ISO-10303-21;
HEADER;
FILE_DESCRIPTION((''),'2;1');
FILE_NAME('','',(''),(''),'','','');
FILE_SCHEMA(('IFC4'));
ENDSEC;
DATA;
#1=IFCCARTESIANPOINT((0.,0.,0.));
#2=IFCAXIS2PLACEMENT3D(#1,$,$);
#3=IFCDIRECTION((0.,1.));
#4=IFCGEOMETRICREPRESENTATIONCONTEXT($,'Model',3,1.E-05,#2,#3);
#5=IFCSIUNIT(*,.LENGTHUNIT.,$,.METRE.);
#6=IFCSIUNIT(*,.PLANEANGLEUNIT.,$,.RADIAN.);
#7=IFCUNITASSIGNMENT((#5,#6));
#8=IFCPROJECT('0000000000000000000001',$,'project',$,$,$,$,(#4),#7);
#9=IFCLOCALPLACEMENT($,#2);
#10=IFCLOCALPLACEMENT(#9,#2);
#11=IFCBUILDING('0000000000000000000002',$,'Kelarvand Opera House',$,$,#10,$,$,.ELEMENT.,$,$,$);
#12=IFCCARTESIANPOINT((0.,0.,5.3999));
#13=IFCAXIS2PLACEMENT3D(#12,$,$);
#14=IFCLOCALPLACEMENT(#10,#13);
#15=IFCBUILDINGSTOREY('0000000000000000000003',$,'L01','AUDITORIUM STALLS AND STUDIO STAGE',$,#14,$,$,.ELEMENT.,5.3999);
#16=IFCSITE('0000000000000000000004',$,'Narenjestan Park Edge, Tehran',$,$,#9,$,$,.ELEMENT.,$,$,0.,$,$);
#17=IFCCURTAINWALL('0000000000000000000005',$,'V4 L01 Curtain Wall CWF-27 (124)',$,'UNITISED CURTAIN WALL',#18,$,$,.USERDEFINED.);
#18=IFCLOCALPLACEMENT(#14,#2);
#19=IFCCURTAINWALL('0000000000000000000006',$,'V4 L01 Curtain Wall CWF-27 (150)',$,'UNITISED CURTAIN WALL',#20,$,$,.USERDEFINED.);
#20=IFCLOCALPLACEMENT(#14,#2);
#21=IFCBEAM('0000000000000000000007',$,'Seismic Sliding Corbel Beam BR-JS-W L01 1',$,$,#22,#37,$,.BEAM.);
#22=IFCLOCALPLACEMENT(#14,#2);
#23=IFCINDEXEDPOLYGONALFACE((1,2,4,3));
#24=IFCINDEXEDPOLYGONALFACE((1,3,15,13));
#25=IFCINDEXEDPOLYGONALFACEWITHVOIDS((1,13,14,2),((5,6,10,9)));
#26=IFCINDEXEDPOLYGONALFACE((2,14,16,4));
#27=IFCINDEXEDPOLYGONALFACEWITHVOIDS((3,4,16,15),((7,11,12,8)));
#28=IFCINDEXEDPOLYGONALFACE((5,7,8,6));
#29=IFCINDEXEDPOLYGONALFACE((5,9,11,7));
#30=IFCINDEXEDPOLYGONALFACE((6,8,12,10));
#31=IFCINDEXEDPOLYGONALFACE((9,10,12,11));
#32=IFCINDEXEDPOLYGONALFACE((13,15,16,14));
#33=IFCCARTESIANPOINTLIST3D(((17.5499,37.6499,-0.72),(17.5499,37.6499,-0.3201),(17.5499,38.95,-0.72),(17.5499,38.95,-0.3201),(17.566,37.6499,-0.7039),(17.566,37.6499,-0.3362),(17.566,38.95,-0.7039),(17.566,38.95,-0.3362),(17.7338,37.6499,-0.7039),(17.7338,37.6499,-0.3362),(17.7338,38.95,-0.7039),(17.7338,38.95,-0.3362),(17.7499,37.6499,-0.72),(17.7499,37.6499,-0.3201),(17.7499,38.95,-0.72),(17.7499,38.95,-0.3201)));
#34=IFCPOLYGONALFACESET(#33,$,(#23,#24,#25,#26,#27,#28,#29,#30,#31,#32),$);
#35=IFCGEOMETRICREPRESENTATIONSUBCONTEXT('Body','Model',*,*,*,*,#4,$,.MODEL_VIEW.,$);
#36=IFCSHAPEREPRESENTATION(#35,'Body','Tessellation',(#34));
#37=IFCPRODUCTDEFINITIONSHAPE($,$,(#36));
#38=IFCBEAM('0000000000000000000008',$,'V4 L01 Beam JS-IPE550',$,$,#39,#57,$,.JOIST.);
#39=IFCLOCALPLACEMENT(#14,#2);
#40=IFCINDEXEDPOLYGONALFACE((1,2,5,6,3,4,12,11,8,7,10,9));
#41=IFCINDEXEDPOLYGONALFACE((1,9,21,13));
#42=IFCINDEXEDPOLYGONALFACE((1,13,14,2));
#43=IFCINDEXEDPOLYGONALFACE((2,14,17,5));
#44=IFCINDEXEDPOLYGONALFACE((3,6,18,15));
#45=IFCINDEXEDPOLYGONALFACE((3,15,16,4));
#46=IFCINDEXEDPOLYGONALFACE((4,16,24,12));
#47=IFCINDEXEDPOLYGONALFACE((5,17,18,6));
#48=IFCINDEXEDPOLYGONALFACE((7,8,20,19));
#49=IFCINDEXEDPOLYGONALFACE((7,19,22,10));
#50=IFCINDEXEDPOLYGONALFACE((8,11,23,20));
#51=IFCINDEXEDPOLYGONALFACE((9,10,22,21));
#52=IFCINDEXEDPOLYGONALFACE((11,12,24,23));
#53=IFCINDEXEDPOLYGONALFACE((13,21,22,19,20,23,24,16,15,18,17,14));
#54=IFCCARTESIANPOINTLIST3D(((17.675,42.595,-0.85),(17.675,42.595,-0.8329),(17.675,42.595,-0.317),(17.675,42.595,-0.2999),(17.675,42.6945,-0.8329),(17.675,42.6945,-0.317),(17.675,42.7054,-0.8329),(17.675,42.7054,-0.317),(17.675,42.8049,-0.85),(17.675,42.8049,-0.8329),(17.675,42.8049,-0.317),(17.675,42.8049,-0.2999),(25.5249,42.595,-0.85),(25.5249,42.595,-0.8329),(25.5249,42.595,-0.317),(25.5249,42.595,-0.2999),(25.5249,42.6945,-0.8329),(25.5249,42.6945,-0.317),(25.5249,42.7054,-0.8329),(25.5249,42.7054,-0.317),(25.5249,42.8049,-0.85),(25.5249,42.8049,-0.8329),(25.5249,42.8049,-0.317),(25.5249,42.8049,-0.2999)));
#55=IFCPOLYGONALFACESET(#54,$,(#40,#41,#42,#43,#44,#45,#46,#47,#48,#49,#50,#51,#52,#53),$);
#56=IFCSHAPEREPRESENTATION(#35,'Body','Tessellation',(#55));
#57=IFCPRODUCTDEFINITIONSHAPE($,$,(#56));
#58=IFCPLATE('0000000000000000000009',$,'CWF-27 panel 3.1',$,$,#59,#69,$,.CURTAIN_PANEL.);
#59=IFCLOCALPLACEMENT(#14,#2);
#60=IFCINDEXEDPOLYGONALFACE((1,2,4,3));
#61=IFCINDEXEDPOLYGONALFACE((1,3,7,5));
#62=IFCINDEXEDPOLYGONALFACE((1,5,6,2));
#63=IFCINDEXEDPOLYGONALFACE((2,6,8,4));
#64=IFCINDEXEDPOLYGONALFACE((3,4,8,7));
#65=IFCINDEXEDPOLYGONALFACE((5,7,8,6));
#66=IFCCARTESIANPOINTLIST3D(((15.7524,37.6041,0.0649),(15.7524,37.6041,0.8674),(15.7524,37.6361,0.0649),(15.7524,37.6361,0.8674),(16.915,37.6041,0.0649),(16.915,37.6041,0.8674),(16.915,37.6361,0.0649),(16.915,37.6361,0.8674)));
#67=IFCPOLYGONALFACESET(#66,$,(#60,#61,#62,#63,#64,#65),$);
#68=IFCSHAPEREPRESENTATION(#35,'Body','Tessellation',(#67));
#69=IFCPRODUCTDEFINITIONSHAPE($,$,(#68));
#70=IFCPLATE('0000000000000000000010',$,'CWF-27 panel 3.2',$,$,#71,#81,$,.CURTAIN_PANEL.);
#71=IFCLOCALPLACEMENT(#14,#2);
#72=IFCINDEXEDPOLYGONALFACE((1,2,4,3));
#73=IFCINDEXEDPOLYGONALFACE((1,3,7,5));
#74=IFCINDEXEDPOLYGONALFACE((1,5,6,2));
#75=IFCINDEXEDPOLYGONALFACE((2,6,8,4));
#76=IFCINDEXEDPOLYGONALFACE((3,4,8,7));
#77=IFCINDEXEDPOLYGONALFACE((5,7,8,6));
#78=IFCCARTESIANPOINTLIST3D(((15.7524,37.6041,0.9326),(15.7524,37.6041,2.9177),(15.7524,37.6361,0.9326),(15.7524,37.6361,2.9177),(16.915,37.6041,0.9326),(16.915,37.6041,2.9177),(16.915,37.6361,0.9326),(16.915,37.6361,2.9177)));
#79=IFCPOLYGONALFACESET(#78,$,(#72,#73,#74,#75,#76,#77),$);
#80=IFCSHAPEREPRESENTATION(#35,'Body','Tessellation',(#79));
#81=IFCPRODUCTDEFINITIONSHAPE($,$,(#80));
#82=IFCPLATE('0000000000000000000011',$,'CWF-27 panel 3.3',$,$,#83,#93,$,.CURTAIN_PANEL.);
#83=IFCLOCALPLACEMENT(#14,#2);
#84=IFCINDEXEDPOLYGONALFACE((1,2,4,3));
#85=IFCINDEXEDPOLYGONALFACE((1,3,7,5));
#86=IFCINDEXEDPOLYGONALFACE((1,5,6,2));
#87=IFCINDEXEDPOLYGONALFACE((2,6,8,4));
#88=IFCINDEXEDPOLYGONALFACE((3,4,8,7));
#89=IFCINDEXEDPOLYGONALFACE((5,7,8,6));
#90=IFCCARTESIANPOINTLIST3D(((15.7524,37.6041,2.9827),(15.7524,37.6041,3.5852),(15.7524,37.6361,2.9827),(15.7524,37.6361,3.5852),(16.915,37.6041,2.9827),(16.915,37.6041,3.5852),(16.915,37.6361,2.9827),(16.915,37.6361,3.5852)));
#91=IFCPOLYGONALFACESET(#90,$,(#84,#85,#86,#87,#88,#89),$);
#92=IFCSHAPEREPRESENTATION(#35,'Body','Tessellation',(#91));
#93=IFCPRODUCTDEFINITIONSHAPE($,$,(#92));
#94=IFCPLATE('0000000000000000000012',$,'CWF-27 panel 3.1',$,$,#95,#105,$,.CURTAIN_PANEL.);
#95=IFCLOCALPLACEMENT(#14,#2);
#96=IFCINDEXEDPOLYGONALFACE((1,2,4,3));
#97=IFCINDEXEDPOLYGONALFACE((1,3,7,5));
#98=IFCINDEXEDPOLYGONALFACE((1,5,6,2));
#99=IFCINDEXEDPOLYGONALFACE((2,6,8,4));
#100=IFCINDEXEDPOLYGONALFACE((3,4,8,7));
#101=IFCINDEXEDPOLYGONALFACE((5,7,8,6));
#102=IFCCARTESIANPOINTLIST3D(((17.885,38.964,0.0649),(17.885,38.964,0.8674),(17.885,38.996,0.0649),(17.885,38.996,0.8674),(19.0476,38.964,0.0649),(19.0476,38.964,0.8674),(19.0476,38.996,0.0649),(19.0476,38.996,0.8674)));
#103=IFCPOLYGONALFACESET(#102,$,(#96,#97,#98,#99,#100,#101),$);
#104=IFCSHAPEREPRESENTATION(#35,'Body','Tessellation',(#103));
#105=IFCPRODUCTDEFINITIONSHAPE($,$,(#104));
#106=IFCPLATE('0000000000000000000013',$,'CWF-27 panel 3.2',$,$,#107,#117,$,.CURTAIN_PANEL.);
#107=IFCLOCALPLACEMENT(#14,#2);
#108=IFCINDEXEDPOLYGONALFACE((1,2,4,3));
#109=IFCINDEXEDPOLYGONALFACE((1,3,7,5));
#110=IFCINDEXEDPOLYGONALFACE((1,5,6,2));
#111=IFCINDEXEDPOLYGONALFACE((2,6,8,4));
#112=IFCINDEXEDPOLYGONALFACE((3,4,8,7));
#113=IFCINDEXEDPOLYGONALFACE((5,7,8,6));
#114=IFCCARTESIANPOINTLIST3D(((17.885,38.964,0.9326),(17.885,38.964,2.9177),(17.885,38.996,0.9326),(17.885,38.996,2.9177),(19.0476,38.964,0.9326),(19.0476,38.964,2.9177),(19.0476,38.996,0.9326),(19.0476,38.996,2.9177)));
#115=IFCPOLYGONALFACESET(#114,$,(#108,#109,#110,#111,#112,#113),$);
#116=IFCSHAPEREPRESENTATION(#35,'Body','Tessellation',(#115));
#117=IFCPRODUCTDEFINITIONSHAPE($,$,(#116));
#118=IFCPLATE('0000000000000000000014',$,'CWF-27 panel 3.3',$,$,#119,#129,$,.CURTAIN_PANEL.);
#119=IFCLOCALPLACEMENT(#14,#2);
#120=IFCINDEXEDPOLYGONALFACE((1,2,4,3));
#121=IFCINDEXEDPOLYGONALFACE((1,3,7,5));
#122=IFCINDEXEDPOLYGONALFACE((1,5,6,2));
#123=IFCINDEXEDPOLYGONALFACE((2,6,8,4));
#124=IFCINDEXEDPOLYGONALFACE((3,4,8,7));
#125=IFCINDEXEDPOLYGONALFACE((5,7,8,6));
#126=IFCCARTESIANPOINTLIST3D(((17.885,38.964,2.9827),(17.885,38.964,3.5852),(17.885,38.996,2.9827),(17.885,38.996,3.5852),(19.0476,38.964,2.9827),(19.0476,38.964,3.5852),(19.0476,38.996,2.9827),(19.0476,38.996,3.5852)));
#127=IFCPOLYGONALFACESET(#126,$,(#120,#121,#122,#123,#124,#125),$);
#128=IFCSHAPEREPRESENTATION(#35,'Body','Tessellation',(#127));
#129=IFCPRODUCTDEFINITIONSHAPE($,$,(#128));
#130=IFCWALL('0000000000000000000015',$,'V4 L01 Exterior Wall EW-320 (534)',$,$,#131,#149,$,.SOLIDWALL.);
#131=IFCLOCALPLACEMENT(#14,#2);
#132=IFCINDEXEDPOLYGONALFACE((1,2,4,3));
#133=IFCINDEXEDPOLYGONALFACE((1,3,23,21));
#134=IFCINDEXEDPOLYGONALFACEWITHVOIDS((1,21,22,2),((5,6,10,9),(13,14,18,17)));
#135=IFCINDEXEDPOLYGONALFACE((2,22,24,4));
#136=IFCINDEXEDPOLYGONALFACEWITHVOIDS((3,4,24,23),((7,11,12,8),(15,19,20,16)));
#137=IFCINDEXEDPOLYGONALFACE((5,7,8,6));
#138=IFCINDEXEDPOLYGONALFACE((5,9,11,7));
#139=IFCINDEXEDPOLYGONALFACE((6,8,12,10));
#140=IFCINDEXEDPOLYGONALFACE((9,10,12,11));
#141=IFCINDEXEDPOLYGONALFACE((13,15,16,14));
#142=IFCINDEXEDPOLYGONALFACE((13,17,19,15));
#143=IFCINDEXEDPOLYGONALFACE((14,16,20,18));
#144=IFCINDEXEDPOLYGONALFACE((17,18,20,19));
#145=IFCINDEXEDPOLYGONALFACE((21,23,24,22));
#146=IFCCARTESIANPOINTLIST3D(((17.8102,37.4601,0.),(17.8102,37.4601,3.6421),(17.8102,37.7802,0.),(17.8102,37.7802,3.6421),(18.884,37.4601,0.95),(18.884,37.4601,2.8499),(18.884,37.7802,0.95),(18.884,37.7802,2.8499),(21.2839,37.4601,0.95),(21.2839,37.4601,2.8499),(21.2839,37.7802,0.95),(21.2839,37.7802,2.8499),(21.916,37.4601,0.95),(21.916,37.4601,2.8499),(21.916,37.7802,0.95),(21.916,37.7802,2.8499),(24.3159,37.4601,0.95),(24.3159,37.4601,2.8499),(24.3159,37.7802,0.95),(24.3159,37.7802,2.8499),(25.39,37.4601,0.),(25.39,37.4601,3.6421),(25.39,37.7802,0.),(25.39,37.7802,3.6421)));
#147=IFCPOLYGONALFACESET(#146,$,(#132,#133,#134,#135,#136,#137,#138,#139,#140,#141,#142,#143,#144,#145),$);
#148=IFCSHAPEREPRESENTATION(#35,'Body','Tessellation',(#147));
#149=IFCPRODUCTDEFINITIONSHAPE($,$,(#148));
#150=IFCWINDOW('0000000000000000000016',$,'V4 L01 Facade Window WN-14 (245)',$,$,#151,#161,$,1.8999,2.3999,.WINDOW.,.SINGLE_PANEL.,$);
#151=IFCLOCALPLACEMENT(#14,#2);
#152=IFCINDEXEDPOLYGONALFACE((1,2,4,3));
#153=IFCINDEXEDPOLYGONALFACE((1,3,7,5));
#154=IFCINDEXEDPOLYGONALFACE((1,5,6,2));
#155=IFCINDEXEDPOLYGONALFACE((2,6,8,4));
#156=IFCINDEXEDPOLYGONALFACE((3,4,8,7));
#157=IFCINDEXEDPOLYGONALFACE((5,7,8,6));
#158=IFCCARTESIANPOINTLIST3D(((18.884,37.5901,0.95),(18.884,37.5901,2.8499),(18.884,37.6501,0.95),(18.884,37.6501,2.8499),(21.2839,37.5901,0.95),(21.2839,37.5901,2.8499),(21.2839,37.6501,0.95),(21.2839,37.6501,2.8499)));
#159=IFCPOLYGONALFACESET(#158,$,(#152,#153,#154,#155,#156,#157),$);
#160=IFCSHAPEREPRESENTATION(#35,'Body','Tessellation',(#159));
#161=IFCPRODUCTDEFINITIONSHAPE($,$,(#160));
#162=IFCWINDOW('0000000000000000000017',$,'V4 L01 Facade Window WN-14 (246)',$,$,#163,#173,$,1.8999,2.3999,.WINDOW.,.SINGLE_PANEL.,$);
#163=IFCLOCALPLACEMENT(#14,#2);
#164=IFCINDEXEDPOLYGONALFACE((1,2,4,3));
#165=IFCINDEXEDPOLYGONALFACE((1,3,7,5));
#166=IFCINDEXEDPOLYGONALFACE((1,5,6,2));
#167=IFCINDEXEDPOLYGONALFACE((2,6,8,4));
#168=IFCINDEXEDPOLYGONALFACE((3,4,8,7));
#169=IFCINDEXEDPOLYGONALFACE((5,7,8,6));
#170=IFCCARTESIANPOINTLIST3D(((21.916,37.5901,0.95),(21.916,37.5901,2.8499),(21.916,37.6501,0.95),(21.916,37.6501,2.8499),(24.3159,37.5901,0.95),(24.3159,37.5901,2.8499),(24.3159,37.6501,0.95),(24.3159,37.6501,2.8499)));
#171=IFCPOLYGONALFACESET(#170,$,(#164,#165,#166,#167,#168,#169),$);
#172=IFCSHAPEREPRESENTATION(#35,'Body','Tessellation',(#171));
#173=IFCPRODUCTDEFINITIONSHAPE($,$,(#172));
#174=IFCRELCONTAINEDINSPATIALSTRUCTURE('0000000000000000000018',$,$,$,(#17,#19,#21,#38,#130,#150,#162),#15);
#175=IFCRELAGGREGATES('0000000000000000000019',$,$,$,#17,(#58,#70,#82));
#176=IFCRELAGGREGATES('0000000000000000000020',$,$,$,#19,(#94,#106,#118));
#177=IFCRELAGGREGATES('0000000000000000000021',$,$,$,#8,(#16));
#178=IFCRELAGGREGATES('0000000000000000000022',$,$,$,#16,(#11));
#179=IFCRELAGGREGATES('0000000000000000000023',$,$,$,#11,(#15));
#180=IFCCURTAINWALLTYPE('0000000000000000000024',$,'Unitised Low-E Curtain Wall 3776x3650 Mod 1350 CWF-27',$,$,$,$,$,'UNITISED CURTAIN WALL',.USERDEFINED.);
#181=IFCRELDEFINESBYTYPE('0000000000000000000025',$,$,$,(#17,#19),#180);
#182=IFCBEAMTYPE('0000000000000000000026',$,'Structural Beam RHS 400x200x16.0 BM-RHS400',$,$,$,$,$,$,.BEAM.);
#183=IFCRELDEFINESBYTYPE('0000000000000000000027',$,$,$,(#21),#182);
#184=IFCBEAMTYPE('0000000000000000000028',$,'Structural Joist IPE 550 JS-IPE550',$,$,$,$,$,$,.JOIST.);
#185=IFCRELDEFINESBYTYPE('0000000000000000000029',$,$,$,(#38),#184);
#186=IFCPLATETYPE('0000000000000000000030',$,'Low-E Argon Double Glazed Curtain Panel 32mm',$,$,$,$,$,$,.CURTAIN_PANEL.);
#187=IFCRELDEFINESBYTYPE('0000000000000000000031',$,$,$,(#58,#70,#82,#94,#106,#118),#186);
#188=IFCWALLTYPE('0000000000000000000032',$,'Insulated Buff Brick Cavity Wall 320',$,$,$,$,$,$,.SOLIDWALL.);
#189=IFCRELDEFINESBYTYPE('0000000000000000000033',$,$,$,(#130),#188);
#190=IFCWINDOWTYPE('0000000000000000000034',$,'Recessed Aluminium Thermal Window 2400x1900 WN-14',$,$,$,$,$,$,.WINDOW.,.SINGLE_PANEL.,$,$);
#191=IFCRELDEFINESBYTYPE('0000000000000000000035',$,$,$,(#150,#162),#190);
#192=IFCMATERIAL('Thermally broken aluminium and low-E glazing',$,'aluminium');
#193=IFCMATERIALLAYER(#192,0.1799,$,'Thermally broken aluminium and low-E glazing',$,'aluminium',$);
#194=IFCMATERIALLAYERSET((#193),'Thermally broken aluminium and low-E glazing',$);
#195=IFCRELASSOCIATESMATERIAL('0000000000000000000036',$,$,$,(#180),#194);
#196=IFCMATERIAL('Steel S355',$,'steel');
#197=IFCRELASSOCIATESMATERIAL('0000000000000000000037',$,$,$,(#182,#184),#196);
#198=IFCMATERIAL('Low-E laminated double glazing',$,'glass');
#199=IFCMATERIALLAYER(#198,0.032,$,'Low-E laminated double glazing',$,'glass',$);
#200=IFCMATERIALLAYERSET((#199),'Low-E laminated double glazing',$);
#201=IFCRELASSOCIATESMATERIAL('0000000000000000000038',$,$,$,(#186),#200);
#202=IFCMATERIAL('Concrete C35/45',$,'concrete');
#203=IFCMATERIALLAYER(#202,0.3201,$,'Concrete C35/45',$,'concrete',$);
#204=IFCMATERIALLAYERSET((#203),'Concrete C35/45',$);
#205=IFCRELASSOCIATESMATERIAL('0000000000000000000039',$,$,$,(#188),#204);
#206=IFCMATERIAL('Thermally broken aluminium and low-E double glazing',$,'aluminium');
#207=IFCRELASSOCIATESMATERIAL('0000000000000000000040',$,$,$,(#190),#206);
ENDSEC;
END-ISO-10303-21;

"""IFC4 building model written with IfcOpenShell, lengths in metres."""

from ifc_helpers import new_model, si_unit, direction, frame, frame_2d, origin, origin_2d, place, context, subcontext, project, spatial, rectangle, hollow_rectangle, i_section, extrude, material, layer, layer_set, material_profile, profile_set, type_object, element, fill, aggregate, save


model = new_model("IFC4")

# Units and contexts
model_context = context("Model", 3, precision=1e-05, world=origin(), true_north=direction((0.0, 1.0)))
body_context = subcontext(model_context, "Body", "Model", "MODEL_VIEW")
ifc_project = project(units=[si_unit("LENGTHUNIT", "METRE"), si_unit("PLANEANGLEUNIT", "RADIAN")], contexts=[model_context])

# Site, building, storey
site_placement = place(None, origin())
site = spatial("IfcSite", under=ifc_project, at=site_placement, Name="Narenjestan Park Edge, Tehran", CompositionType="ELEMENT", RefElevation=0.0)
building_placement = place(site_placement, origin())
building = spatial("IfcBuilding", under=site, at=building_placement, Name="Kelarvand Opera House", CompositionType="ELEMENT")
storey_placement = place(building_placement, frame((0.0, 0.0, 5.3999)))
storey = spatial("IfcBuildingStorey", under=building, at=storey_placement, Name="L01", Description="AUDITORIUM STALLS AND STUDIO STAGE", CompositionType="ELEMENT", Elevation=5.3999)

# Curtain wall
ifc_material_1 = material(Name="Thermally broken aluminium and low-E glazing", Category="aluminium")
ifc_layer_1 = layer(ifc_material_1, 0.1799, Name="Thermally broken aluminium and low-E glazing", Category="aluminium")
ifc_layer_set_1 = layer_set([ifc_layer_1], Name="Thermally broken aluminium and low-E glazing")
curtain_wall_type = type_object("IfcCurtainWallType", Name="Unitised Low-E Curtain Wall 3776x3650 Mod 1350 CWF-27", ElementType="UNITISED CURTAIN WALL", PredefinedType="USERDEFINED", material=ifc_layer_set_1)
curtain_wall_1_placement = place(storey_placement, origin())
curtain_wall_1 = element("IfcCurtainWall", 1, at=curtain_wall_1_placement, inside=storey, type_object=curtain_wall_type, Name="V4 L01 Curtain Wall CWF-27 (124)", ObjectType="UNITISED CURTAIN WALL", PredefinedType="USERDEFINED")

# Curtain wall
curtain_wall_2_placement = place(storey_placement, origin())
curtain_wall_2 = element("IfcCurtainWall", 2, at=curtain_wall_2_placement, inside=storey, type_object=curtain_wall_type, Name="V4 L01 Curtain Wall CWF-27 (150)", ObjectType="UNITISED CURTAIN WALL", PredefinedType="USERDEFINED")

# Beams
ifc_material_2 = material(Name="Steel S355", Category="steel")
ifc_material_profile_1 = material_profile(ifc_material_2, hollow_rectangle(XDim=0.2, YDim=0.3999, WallThickness=0.0161, at=origin_2d()), Name="RHS 400x200x16.0", Category="steel")
ifc_profile_set_1 = profile_set([ifc_material_profile_1], Name="Steel S355")
beam_type_1 = type_object("IfcBeamType", Name="Structural Beam RHS 400x200x16.0 BM-RHS400", PredefinedType="BEAM", material=ifc_profile_set_1)
beam_1_placement = place(storey_placement, frame((17.6499, 37.6499, -0.52), z_axis=(0.0, 1.0, 0.0), x_axis=(-1.0, 0.0, 0.0)))
element("IfcBeam", 3, at=beam_1_placement, inside=storey, type_object=beam_type_1, Name="Seismic Sliding Corbel Beam BR-JS-W L01 1", PredefinedType="BEAM", context=body_context, shape_type="SweptSolid", body=[
    extrude(hollow_rectangle(XDim=0.2, YDim=0.3999, WallThickness=0.0161, at=origin_2d()), origin(), (0.0, 0.0, 1.0), 1.3),
])
ifc_material_profile_2 = material_profile(ifc_material_2, i_section(OverallWidth=0.21, OverallDepth=0.55, WebThickness=0.011, FlangeThickness=0.0171, at=origin_2d()), Name="IPE 550", Category="steel")
ifc_profile_set_2 = profile_set([ifc_material_profile_2], Name="Steel S355")
beam_type_2 = type_object("IfcBeamType", Name="Structural Joist IPE 550 JS-IPE550", PredefinedType="JOIST", material=ifc_profile_set_2)
beam_2_placement = place(storey_placement, frame((17.675, 42.7, -0.575), z_axis=(1.0, 0.0, 0.0), x_axis=(0.0, 1.0, 0.0)))
element("IfcBeam", 4, at=beam_2_placement, inside=storey, type_object=beam_type_2, Name="V4 L01 Beam JS-IPE550", PredefinedType="JOIST", context=body_context, shape_type="SweptSolid", body=[
    extrude(i_section(OverallWidth=0.21, OverallDepth=0.55, WebThickness=0.011, FlangeThickness=0.0171, at=origin_2d()), origin(), (0.0, 0.0, 1.0), 7.8499),
])

# Plates
ifc_material_3 = material(Name="Low-E laminated double glazing", Category="glass")
ifc_layer_2 = layer(ifc_material_3, 0.032, Name="Low-E laminated double glazing", Category="glass")
ifc_layer_set_2 = layer_set([ifc_layer_2], Name="Low-E laminated double glazing")
plate_type = type_object("IfcPlateType", Name="Low-E Argon Double Glazed Curtain Panel 32mm", PredefinedType="CURTAIN_PANEL", material=ifc_layer_set_2)
plate_1_placement = place(storey_placement, frame((16.3337, 37.6201, 0.0649), z_axis=(0.0, 0.0, 1.0), x_axis=(1.0, 0.0, 0.0)))
plate_1 = element("IfcPlate", 5, at=plate_1_placement, type_object=plate_type, Name="CWF-27 panel 3.1", PredefinedType="CURTAIN_PANEL", context=body_context, shape_type="SweptSolid", body=[
    extrude(rectangle(XDim=1.1626, YDim=0.032, at=origin_2d()), origin(), (0.0, 0.0, 1.0), 0.8025),
])
plate_2_placement = place(storey_placement, frame((16.3337, 37.6201, 0.9326), z_axis=(0.0, 0.0, 1.0), x_axis=(1.0, 0.0, 0.0)))
plate_2 = element("IfcPlate", 6, at=plate_2_placement, type_object=plate_type, Name="CWF-27 panel 3.2", PredefinedType="CURTAIN_PANEL", context=body_context, shape_type="SweptSolid", body=[
    extrude(rectangle(XDim=1.1626, YDim=0.032, at=origin_2d()), origin(), (0.0, 0.0, 1.0), 1.9851),
])
plate_3_placement = place(storey_placement, frame((16.3337, 37.6201, 2.9827), z_axis=(0.0, 0.0, 1.0), x_axis=(1.0, 0.0, 0.0)))
plate_3 = element("IfcPlate", 7, at=plate_3_placement, type_object=plate_type, Name="CWF-27 panel 3.3", PredefinedType="CURTAIN_PANEL", context=body_context, shape_type="SweptSolid", body=[
    extrude(rectangle(XDim=1.1626, YDim=0.032, at=origin_2d()), origin(), (0.0, 0.0, 1.0), 0.6025),
])
aggregate(curtain_wall_1, [plate_1, plate_2, plate_3])
plate_4_placement = place(storey_placement, frame((18.4663, 38.98, 0.0649), z_axis=(0.0, 0.0, 1.0), x_axis=(-1.0, 0.0, 0.0)))
plate_4 = element("IfcPlate", 8, at=plate_4_placement, type_object=plate_type, Name="CWF-27 panel 3.1", PredefinedType="CURTAIN_PANEL", context=body_context, shape_type="SweptSolid", body=[
    extrude(rectangle(XDim=1.1626, YDim=0.032, at=origin_2d()), origin(), (0.0, 0.0, 1.0), 0.8025),
])
plate_5_placement = place(storey_placement, frame((18.4663, 38.98, 0.9326), z_axis=(0.0, 0.0, 1.0), x_axis=(-1.0, 0.0, 0.0)))
plate_5 = element("IfcPlate", 9, at=plate_5_placement, type_object=plate_type, Name="CWF-27 panel 3.2", PredefinedType="CURTAIN_PANEL", context=body_context, shape_type="SweptSolid", body=[
    extrude(rectangle(XDim=1.1626, YDim=0.032, at=origin_2d()), origin(), (0.0, 0.0, 1.0), 1.9851),
])
plate_6_placement = place(storey_placement, frame((18.4663, 38.98, 2.9827), z_axis=(0.0, 0.0, 1.0), x_axis=(-1.0, 0.0, 0.0)))
plate_6 = element("IfcPlate", 10, at=plate_6_placement, type_object=plate_type, Name="CWF-27 panel 3.3", PredefinedType="CURTAIN_PANEL", context=body_context, shape_type="SweptSolid", body=[
    extrude(rectangle(XDim=1.1626, YDim=0.032, at=origin_2d()), origin(), (0.0, 0.0, 1.0), 0.6025),
])
aggregate(curtain_wall_2, [plate_4, plate_5, plate_6])

# Wall, openings, windows
ifc_material_4 = material(Name="Concrete C35/45", Category="concrete")
ifc_layer_3 = layer(ifc_material_4, 0.3201, Name="Concrete C35/45", Category="concrete")
ifc_layer_set_3 = layer_set([ifc_layer_3], Name="Concrete C35/45")
wall_type = type_object("IfcWallType", Name="Insulated Buff Brick Cavity Wall 320", PredefinedType="SOLIDWALL", material=ifc_layer_set_3)
wall_1_placement = place(storey_placement, frame((17.8101, 37.6201, 0.0), z_axis=(0.0, 0.0, 1.0), x_axis=(1.0, 0.0, 0.0)))
wall_1 = element("IfcWall", 11, at=wall_1_placement, inside=storey, type_object=wall_type, Name="V4 L01 Exterior Wall EW-320 (534)", PredefinedType="SOLIDWALL", context=body_context, shape_type="SweptSolid", body=[
    extrude(rectangle(XDim=7.5798, YDim=0.3201, at=frame_2d((3.79, 0.0))), origin(), (0.0, 0.0, 1.0), 3.6421),
])
opening_1_placement = place(wall_1_placement, frame((1.074, 0.0, 0.95)))
opening_1 = element("IfcOpeningElement", 12, at=opening_1_placement, cuts=wall_1, PredefinedType="OPENING", context=body_context, shape_type="SweptSolid", body=[
    extrude(rectangle(XDim=2.3999, YDim=1.8999, at=frame_2d((1.2, 0.95))), frame((0.0, 0.1699, 0.0), z_axis=(0.0, -1.0, 0.0), x_axis=(1.0, 0.0, 0.0)), (0.0, 0.0, 1.0), 0.3401),
])
opening_2_placement = place(wall_1_placement, frame((4.106, 0.0, 0.95)))
opening_2 = element("IfcOpeningElement", 13, at=opening_2_placement, cuts=wall_1, PredefinedType="OPENING", context=body_context, shape_type="SweptSolid", body=[
    extrude(rectangle(XDim=2.3999, YDim=1.8999, at=frame_2d((1.2, 0.95))), frame((0.0, 0.1699, 0.0), z_axis=(0.0, -1.0, 0.0), x_axis=(1.0, 0.0, 0.0)), (0.0, 0.0, 1.0), 0.3401),
])
ifc_material_5 = material(Name="Thermally broken aluminium and low-E double glazing", Category="aluminium")
window_type_1 = type_object("IfcWindowType", Name="Recessed Aluminium Thermal Window 2400x1900 WN-14", PartitioningType="SINGLE_PANEL", PredefinedType="WINDOW", material=ifc_material_5)
window_1_placement = place(opening_1_placement, origin())
window_1 = element("IfcWindow", 14, at=window_1_placement, inside=storey, type_object=window_type_1, Name="V4 L01 Facade Window WN-14 (245)", OverallHeight=1.8999, OverallWidth=2.3999, PartitioningType="SINGLE_PANEL", PredefinedType="WINDOW", context=body_context, shape_type="SweptSolid", body=[
    extrude(rectangle(XDim=2.3999, YDim=1.8999, at=frame_2d((1.2, 0.95))), frame((0.0, 0.03, 0.0), z_axis=(0.0, -1.0, 0.0), x_axis=(1.0, 0.0, 0.0)), (0.0, 0.0, 1.0), 0.0601),
])
fill(opening_1, window_1)
window_2_placement = place(opening_2_placement, origin())
window_2 = element("IfcWindow", 15, at=window_2_placement, inside=storey, type_object=window_type_1, Name="V4 L01 Facade Window WN-14 (246)", OverallHeight=1.8999, OverallWidth=2.3999, PartitioningType="SINGLE_PANEL", PredefinedType="WINDOW", context=body_context, shape_type="SweptSolid", body=[
    extrude(rectangle(XDim=2.3999, YDim=1.8999, at=frame_2d((1.2, 0.95))), frame((0.0, 0.03, 0.0), z_axis=(0.0, -1.0, 0.0), x_axis=(1.0, 0.0, 0.0)), (0.0, 0.0, 1.0), 0.0601),
])
fill(opening_2, window_2)

save(model, "model.ifc")
